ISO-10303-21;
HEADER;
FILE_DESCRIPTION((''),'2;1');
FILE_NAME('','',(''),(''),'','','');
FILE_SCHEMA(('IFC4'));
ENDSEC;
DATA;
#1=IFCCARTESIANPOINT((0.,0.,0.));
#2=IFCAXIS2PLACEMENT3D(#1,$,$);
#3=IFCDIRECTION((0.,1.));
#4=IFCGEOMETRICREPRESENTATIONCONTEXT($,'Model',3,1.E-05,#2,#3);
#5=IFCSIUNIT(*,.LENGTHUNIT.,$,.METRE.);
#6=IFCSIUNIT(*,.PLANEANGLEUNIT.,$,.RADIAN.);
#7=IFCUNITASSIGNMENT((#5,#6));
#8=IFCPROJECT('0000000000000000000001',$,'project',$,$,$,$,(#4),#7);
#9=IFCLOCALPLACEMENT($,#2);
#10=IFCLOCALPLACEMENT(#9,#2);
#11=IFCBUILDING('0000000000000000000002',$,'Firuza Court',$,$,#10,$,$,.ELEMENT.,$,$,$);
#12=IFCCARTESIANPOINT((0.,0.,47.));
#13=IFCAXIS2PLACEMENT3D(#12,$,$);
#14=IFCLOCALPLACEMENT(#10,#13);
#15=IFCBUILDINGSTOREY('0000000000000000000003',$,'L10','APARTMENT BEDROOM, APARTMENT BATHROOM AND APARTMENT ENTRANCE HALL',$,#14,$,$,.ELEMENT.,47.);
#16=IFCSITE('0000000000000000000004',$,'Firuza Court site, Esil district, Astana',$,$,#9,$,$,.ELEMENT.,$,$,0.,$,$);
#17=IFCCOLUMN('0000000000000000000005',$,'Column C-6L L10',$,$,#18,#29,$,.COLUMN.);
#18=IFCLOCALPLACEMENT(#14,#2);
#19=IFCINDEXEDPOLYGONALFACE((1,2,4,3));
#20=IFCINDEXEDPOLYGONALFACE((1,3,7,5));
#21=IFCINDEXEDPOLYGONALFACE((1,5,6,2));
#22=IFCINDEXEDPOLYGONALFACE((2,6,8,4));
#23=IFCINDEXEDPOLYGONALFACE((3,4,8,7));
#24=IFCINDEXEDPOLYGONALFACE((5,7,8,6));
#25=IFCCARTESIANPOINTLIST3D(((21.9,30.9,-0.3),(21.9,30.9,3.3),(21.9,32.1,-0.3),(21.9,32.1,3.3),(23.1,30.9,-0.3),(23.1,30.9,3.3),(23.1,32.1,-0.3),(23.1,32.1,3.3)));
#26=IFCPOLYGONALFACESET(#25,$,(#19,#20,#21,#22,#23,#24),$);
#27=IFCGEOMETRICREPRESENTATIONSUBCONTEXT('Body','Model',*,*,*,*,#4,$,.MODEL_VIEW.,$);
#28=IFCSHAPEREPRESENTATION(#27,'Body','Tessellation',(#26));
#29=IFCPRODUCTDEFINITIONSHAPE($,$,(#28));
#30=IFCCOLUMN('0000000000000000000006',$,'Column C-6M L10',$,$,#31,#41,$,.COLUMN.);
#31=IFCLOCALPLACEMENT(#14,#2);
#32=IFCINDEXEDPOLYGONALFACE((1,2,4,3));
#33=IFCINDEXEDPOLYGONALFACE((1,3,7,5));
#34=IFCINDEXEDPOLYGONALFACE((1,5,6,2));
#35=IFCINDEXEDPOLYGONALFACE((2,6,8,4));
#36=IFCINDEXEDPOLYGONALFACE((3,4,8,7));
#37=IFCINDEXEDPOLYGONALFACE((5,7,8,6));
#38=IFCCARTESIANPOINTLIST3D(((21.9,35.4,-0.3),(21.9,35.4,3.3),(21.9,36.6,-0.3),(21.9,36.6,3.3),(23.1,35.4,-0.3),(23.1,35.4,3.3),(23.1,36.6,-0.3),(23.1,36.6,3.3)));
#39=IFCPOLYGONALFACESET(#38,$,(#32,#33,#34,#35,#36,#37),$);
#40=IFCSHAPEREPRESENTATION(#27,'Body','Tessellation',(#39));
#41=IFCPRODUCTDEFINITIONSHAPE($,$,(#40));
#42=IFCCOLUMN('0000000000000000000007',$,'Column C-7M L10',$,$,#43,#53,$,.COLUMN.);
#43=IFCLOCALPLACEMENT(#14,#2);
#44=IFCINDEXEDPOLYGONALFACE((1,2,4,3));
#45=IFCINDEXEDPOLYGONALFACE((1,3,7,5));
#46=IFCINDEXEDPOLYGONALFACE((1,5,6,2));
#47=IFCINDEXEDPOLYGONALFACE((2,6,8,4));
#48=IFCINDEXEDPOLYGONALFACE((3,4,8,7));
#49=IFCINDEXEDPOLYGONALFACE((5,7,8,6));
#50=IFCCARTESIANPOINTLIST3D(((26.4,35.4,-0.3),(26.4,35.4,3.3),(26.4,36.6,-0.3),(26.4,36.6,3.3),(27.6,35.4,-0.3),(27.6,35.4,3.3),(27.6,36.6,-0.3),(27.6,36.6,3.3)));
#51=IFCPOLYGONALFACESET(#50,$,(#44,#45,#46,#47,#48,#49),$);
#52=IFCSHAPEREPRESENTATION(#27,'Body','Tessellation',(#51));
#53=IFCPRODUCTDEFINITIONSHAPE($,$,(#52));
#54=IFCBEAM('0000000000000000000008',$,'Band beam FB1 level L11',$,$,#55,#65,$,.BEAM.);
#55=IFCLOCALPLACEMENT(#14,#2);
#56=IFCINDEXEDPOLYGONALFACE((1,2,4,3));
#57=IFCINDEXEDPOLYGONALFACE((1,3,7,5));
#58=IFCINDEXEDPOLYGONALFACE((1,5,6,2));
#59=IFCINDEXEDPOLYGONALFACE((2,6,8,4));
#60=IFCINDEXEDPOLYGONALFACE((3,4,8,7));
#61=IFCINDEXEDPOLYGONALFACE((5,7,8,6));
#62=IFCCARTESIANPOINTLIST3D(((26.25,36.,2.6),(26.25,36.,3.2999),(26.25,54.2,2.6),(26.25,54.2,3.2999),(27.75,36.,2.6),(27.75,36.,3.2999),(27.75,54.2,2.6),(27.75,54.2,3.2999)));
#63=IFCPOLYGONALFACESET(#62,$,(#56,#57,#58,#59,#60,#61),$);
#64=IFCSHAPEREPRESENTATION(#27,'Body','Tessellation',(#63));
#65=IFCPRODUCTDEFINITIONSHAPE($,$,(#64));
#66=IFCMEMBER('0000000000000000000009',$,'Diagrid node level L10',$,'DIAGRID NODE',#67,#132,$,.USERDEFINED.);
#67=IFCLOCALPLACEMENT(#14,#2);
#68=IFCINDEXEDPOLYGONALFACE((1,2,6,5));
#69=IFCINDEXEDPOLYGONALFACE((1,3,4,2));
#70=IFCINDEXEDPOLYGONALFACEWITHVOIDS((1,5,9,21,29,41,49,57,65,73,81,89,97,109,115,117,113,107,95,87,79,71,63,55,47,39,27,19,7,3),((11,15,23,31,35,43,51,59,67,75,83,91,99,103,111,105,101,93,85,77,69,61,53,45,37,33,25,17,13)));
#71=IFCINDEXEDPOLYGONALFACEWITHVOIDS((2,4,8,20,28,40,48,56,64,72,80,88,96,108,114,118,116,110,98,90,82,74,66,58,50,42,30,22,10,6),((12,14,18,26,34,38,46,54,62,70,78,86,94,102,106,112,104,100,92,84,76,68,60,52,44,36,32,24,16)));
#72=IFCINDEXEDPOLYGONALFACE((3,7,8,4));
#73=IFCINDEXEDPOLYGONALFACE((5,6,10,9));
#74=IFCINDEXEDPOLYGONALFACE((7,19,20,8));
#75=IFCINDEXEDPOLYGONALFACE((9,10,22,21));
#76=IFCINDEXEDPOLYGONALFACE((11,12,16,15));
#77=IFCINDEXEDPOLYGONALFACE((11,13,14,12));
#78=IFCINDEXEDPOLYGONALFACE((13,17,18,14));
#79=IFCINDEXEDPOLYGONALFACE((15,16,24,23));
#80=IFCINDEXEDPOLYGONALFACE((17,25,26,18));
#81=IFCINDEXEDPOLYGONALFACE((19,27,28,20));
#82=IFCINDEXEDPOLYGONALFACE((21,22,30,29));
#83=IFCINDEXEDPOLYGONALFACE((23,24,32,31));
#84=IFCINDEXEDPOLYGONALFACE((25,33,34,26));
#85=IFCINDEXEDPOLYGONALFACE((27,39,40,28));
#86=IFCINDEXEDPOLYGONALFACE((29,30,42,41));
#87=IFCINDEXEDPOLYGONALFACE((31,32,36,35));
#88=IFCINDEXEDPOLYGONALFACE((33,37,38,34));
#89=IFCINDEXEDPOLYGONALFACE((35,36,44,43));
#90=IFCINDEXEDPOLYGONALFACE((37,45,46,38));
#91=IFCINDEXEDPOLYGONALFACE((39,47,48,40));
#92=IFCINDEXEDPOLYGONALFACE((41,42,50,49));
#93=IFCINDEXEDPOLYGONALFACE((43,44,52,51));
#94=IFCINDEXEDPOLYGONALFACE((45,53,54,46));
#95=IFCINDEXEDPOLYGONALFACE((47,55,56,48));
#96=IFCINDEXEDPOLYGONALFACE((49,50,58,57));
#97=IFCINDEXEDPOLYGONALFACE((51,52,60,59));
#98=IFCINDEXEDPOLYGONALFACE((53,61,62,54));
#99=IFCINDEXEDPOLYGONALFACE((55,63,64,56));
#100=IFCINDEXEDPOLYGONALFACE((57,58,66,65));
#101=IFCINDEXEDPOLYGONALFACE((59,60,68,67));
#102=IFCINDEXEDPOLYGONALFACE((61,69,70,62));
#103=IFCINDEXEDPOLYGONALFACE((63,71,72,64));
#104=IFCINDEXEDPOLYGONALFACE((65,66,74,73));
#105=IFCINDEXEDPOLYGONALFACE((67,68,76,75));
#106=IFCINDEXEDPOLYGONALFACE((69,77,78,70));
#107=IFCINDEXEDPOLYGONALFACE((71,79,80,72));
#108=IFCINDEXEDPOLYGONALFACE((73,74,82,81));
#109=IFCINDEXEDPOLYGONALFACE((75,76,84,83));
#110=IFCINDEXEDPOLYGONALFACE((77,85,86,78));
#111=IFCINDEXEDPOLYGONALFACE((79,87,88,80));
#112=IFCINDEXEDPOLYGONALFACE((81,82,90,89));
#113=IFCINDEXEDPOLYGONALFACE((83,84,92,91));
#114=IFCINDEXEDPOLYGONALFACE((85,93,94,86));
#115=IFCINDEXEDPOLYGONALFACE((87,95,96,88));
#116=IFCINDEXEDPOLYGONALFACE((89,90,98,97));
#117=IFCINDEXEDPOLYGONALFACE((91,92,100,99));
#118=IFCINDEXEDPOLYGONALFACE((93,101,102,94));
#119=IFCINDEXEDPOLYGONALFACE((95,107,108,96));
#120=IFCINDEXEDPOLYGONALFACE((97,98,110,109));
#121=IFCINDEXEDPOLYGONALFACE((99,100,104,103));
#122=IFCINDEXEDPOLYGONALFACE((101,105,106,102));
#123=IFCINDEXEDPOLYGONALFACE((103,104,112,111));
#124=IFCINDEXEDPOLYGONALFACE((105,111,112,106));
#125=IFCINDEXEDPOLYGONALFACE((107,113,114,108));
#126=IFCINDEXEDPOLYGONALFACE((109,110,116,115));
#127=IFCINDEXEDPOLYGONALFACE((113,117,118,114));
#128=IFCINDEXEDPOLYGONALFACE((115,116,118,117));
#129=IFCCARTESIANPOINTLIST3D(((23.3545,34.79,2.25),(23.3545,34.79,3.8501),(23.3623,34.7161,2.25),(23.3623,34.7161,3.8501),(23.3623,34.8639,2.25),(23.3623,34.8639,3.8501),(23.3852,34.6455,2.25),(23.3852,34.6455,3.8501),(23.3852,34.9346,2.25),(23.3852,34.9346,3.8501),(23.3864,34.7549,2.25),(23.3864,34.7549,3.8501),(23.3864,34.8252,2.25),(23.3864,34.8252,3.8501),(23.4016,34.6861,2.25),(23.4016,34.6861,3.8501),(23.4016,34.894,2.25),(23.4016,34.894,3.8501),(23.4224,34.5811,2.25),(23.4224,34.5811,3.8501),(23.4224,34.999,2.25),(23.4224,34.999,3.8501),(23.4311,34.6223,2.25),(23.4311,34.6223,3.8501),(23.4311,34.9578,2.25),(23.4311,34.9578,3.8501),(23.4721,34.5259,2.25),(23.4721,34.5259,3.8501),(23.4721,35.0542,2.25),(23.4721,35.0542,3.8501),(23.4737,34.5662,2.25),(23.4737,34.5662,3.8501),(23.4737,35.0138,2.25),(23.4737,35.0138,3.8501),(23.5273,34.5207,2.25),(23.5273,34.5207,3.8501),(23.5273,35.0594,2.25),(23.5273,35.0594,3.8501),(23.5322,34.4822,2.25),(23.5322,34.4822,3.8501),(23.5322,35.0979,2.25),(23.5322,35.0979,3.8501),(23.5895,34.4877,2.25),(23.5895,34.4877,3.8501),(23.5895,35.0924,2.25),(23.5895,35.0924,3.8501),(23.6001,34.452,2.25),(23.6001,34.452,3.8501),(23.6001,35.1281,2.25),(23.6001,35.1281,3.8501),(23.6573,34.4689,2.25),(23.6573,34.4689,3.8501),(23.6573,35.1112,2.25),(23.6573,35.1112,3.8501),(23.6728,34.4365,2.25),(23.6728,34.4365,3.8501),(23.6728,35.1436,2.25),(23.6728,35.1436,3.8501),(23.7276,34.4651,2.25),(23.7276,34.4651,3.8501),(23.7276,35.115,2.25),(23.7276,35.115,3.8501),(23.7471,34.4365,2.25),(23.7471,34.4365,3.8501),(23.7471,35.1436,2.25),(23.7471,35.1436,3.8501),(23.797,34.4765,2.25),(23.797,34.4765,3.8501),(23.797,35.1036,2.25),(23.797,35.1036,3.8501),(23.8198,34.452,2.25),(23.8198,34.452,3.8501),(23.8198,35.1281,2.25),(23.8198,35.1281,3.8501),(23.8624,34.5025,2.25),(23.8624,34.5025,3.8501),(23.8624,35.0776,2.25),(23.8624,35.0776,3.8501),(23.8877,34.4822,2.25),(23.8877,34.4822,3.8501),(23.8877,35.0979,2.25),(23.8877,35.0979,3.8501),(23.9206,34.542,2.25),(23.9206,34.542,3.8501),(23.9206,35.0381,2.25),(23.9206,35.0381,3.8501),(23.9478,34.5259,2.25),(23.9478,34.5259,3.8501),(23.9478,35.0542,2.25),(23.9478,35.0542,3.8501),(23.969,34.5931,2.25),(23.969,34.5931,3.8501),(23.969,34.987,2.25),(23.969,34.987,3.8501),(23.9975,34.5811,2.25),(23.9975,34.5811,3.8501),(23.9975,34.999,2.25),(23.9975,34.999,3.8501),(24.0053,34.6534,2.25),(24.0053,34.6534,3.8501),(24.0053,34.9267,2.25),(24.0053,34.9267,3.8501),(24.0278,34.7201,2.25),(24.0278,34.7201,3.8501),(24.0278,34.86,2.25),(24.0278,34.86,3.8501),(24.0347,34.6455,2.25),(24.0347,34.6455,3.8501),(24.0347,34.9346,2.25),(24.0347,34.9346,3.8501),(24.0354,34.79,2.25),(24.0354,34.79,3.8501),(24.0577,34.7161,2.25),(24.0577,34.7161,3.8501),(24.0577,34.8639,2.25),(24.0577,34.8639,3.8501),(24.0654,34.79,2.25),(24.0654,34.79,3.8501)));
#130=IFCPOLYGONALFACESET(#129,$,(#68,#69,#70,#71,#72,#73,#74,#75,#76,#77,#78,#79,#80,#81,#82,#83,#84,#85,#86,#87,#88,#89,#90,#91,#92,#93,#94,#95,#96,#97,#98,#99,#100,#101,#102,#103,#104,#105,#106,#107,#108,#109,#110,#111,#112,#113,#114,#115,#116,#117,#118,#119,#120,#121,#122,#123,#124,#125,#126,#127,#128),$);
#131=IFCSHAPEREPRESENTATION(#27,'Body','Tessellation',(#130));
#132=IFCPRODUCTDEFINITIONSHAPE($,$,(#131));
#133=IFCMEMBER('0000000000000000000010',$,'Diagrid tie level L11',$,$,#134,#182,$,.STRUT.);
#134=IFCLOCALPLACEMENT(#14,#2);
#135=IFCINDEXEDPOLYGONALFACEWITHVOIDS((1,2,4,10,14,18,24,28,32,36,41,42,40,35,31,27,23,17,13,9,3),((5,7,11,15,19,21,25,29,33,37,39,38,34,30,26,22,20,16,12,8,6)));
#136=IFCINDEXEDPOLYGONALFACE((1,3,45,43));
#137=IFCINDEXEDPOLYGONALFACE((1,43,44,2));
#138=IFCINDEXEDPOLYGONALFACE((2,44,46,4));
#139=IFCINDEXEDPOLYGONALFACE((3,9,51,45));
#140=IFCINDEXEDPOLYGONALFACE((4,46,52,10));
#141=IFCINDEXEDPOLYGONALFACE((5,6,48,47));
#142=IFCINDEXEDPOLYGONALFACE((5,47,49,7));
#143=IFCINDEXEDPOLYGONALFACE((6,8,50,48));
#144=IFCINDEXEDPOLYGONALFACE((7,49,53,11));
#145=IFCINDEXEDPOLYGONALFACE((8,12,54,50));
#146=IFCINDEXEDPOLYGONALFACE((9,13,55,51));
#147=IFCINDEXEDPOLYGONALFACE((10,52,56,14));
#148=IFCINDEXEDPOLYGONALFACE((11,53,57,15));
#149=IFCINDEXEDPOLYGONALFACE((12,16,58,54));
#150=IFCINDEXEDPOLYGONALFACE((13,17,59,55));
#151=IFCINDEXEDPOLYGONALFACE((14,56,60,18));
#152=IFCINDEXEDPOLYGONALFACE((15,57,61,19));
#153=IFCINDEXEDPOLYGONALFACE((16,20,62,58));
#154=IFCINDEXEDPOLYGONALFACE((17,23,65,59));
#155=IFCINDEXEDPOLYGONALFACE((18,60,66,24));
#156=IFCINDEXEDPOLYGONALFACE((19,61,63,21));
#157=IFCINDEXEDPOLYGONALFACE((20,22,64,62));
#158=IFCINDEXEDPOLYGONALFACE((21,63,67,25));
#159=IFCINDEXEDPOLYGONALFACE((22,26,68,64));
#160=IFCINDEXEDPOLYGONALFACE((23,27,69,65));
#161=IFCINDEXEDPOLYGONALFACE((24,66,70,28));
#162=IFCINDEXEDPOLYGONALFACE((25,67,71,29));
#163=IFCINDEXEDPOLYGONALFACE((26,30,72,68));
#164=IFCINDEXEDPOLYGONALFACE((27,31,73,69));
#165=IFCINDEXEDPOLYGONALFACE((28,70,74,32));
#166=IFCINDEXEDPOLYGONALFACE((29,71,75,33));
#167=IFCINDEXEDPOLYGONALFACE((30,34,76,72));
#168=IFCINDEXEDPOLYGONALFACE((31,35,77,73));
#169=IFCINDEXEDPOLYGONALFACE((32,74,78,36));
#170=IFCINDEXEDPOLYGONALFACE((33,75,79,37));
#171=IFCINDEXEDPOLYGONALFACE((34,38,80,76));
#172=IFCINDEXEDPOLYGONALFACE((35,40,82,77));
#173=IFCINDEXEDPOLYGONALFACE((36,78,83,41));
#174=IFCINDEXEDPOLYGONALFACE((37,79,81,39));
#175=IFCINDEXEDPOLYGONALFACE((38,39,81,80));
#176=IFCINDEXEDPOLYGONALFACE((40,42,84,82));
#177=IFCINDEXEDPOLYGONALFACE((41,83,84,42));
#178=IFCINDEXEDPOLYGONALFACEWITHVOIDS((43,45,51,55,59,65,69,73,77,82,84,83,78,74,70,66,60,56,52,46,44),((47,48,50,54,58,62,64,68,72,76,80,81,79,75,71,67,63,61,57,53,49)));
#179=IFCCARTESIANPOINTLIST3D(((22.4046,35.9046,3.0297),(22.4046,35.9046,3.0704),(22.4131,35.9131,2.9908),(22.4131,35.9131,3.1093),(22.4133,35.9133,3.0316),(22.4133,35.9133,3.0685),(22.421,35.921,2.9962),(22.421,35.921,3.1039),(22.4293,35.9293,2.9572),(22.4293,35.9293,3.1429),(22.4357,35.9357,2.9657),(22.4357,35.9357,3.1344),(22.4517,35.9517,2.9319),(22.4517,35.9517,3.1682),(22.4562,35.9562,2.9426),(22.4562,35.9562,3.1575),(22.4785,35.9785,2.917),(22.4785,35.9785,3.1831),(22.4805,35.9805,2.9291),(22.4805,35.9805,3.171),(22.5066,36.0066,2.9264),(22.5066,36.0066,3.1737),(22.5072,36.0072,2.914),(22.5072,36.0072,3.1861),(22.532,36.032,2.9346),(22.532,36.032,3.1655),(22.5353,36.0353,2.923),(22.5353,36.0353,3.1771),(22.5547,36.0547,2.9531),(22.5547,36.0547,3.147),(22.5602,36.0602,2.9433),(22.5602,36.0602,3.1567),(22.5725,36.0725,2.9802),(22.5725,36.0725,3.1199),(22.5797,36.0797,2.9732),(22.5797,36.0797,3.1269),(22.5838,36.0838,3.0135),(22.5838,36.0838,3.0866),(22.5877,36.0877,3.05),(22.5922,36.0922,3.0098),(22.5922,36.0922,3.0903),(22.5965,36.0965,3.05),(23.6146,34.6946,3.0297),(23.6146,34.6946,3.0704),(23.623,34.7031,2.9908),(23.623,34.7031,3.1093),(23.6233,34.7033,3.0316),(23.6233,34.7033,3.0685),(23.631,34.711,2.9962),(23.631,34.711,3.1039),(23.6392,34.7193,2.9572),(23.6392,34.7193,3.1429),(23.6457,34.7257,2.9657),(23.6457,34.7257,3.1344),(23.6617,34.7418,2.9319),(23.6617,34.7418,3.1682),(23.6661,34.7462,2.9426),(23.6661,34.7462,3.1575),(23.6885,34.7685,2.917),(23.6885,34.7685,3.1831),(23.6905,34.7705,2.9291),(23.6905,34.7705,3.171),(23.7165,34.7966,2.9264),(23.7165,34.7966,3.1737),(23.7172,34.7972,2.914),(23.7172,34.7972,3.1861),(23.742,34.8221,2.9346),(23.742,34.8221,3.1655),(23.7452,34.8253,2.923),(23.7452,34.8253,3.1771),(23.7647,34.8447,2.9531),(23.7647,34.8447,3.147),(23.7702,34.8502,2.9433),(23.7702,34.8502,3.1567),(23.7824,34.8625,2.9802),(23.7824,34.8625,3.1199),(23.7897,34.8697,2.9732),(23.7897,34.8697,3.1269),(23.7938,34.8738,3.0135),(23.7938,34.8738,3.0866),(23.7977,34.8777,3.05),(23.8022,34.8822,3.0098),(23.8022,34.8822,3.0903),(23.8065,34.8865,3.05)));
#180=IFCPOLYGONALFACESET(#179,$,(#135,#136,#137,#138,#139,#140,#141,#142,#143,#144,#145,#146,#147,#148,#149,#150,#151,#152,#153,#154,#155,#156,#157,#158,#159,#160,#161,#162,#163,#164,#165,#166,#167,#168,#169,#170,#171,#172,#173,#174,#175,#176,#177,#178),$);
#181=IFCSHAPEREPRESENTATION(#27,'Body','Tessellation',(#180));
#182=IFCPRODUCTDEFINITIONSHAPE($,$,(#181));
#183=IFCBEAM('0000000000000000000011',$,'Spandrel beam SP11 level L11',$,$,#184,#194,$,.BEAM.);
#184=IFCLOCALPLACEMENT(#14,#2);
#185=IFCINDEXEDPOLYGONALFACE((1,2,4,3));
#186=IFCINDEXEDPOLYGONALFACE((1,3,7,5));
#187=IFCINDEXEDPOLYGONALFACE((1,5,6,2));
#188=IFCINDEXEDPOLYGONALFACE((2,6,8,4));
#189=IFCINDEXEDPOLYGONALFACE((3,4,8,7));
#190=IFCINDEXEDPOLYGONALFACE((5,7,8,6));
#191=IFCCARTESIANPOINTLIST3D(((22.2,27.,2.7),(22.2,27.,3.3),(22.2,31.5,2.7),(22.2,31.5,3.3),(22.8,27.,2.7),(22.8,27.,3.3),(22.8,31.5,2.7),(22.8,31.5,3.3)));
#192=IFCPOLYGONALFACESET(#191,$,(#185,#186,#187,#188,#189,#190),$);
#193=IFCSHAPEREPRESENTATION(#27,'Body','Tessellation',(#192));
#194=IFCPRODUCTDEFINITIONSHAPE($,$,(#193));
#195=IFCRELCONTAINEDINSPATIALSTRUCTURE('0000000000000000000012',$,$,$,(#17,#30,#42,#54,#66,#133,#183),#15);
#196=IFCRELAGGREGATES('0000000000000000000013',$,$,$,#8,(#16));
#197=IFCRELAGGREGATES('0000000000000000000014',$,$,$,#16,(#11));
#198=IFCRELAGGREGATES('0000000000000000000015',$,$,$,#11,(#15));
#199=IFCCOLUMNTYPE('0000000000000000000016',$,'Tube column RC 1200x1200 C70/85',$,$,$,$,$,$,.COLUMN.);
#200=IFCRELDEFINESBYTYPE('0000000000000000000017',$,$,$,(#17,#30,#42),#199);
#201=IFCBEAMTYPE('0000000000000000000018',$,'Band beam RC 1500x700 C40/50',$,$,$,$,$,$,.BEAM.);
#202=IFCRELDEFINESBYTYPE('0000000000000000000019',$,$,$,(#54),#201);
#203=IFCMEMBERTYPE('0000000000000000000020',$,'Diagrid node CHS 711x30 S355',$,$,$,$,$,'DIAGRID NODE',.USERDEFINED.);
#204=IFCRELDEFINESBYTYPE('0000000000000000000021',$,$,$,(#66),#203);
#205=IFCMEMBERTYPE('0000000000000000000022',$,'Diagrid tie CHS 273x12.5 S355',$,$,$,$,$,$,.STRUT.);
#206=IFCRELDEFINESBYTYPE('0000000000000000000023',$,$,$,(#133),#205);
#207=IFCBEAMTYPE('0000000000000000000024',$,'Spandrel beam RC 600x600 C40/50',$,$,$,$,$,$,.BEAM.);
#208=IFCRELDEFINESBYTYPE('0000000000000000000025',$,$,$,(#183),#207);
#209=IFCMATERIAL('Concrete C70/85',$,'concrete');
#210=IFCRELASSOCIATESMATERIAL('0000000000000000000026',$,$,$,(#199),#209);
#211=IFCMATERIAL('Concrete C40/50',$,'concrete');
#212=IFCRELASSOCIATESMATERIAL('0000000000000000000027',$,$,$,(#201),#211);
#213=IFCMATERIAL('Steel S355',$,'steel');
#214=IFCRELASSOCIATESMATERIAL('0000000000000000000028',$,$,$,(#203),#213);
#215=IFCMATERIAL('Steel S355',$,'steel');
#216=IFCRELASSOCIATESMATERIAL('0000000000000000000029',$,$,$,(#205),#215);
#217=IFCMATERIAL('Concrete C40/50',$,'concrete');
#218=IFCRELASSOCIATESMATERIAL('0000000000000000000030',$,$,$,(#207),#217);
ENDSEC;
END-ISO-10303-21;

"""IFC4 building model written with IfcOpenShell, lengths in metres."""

from ifc_helpers import new_model, si_unit, direction, frame, origin, origin_2d, place, context, subcontext, project, spatial, rectangle, hollow_circle, extrude, material, material_profile, profile_set, type_object, element, save


model = new_model("IFC4")

# Units and contexts
model_context = context("Model", 3, precision=1e-05, world=origin(), true_north=direction((0.0, 1.0)))
body_context = subcontext(model_context, "Body", "Model", "MODEL_VIEW")
ifc_project = project(units=[si_unit("LENGTHUNIT", "METRE"), si_unit("PLANEANGLEUNIT", "RADIAN")], contexts=[model_context])

# Site, building, storey
site_placement = place(None, origin())
site = spatial("IfcSite", under=ifc_project, at=site_placement, Name="Firuza Court site, Esil district, Astana", CompositionType="ELEMENT", RefElevation=0.0)
building_placement = place(site_placement, origin())
building = spatial("IfcBuilding", under=site, at=building_placement, Name="Firuza Court", CompositionType="ELEMENT")
storey_placement = place(building_placement, frame((0.0, 0.0, 47.0)))
storey = spatial("IfcBuildingStorey", under=building, at=storey_placement, Name="L10", Description="APARTMENT BEDROOM, APARTMENT BATHROOM AND APARTMENT ENTRANCE HALL", CompositionType="ELEMENT", Elevation=47.0)

# Columns
ifc_material_1 = material(Name="Concrete C70/85", Category="concrete")
ifc_material_profile_1 = material_profile(ifc_material_1, rectangle(XDim=1.2, YDim=1.2, at=origin_2d()), Name="RC 1200x1200")
ifc_profile_set_1 = profile_set([ifc_material_profile_1], Name="Concrete C70/85")
column_type = type_object("IfcColumnType", Name="Tube column RC 1200x1200 C70/85", PredefinedType="COLUMN", material=ifc_profile_set_1)
for number, where, z_axis, x_axis, name in (
    (1, (22.5, 31.5, -0.3), (0.0, 0.0, 1.0), (1.0, 0.0, 0.0), "Column C-6L L10"),
    (2, (22.5, 36.0, -0.3), (0.0, 0.0, 1.0), (1.0, 0.0, 0.0), "Column C-6M L10"),
    (3, (27.0, 36.0, -0.3), (0.0, 0.0, 1.0), (1.0, 0.0, 0.0), "Column C-7M L10"),
):
    element("IfcColumn", number, at=place(storey_placement, frame(where, z_axis=z_axis, x_axis=x_axis)), inside=storey, type_object=column_type, Name=name, PredefinedType="COLUMN", context=body_context, shape_type="SweptSolid", body=[
        extrude(rectangle(XDim=1.2, YDim=1.2, at=origin_2d()), origin(), (0.0, 0.0, 1.0), 3.6001),
    ])

# Beam
ifc_material_2 = material(Name="Concrete C40/50", Category="concrete")
ifc_material_profile_2 = material_profile(ifc_material_2, rectangle(XDim=1.5, YDim=0.7, at=origin_2d()), Name="RC 1500x700")
ifc_profile_set_2 = profile_set([ifc_material_profile_2], Name="Concrete C40/50")
beam_type_1 = type_object("IfcBeamType", Name="Band beam RC 1500x700 C40/50", PredefinedType="BEAM", material=ifc_profile_set_2)
beam_placement = place(storey_placement, frame((27.0, 36.0, 2.95), z_axis=(0.0, 1.0, 0.0), x_axis=(-1.0, 0.0, 0.0)))
element("IfcBeam", 4, at=beam_placement, inside=storey, type_object=beam_type_1, Name="Band beam FB1 level L11", PredefinedType="BEAM", context=body_context, shape_type="SweptSolid", body=[
    extrude(rectangle(XDim=1.5, YDim=0.7, at=origin_2d()), origin(), (0.0, 0.0, 1.0), 18.2),
])

# Members
ifc_material_3 = material(Name="Steel S355", Category="steel")
ifc_material_profile_3 = material_profile(ifc_material_3, hollow_circle(Radius=0.3555, WallThickness=0.03, at=origin_2d()), Name="CHS 711x30")
ifc_profile_set_3 = profile_set([ifc_material_profile_3], Name="Steel S355")
member_type_1 = type_object("IfcMemberType", Name="Diagrid node CHS 711x30 S355", ElementType="DIAGRID NODE", PredefinedType="USERDEFINED", material=ifc_profile_set_3)
member_1_placement = place(storey_placement, frame((23.71, 34.79, 2.25), z_axis=(0.0, 0.0, 1.0), x_axis=(1.0, 0.0, 0.0)))
element("IfcMember", 5, at=member_1_placement, inside=storey, type_object=member_type_1, Name="Diagrid node level L10", ObjectType="DIAGRID NODE", PredefinedType="USERDEFINED", context=body_context, shape_type="SweptSolid", body=[
    extrude(hollow_circle(Radius=0.3555, WallThickness=0.03, at=origin_2d()), origin(), (0.0, 0.0, 1.0), 1.6001),
])
ifc_material_4 = material(Name="Steel S355", Category="steel")
ifc_material_profile_4 = material_profile(ifc_material_4, hollow_circle(Radius=0.1365, WallThickness=0.0125, at=origin_2d()), Name="CHS 273x12.5")
ifc_profile_set_4 = profile_set([ifc_material_profile_4], Name="Steel S355")
member_type_2 = type_object("IfcMemberType", Name="Diagrid tie CHS 273x12.5 S355", PredefinedType="STRUT", material=ifc_profile_set_4)
member_2_placement = place(storey_placement, frame((22.5, 36.0, 3.05), z_axis=(0.707107, -0.707107, 0.0), x_axis=(0.707107, 0.707107, 0.0)))
element("IfcMember", 6, at=member_2_placement, inside=storey, type_object=member_type_2, Name="Diagrid tie level L11", PredefinedType="STRUT", context=body_context, shape_type="SweptSolid", body=[
    extrude(hollow_circle(Radius=0.1365, WallThickness=0.0125, at=origin_2d()), origin(), (0.0, 0.0, 1.0), 1.7112),
])

# Beam
ifc_material_5 = material(Name="Concrete C40/50", Category="concrete")
ifc_material_profile_5 = material_profile(ifc_material_5, rectangle(XDim=0.6001, YDim=0.6001, at=origin_2d()), Name="RC 600x600")
ifc_profile_set_5 = profile_set([ifc_material_profile_5], Name="Concrete C40/50")
beam_type_2 = type_object("IfcBeamType", Name="Spandrel beam RC 600x600 C40/50", PredefinedType="BEAM", material=ifc_profile_set_5)
for number, where, z_axis, x_axis, name in (
    (7, (22.5, 27.0, 3.0), (0.0, 1.0, 0.0), (-1.0, 0.0, 0.0), "Spandrel beam SP11 level L11"),
):
    element("IfcBeam", number, at=place(storey_placement, frame(where, z_axis=z_axis, x_axis=x_axis)), inside=storey, type_object=beam_type_2, Name=name, PredefinedType="BEAM", context=body_context, shape_type="SweptSolid", body=[
        extrude(rectangle(XDim=0.6001, YDim=0.6001, at=origin_2d()), origin(), (0.0, 0.0, 1.0), 4.5),
    ])

save(model, "model.ifc")
